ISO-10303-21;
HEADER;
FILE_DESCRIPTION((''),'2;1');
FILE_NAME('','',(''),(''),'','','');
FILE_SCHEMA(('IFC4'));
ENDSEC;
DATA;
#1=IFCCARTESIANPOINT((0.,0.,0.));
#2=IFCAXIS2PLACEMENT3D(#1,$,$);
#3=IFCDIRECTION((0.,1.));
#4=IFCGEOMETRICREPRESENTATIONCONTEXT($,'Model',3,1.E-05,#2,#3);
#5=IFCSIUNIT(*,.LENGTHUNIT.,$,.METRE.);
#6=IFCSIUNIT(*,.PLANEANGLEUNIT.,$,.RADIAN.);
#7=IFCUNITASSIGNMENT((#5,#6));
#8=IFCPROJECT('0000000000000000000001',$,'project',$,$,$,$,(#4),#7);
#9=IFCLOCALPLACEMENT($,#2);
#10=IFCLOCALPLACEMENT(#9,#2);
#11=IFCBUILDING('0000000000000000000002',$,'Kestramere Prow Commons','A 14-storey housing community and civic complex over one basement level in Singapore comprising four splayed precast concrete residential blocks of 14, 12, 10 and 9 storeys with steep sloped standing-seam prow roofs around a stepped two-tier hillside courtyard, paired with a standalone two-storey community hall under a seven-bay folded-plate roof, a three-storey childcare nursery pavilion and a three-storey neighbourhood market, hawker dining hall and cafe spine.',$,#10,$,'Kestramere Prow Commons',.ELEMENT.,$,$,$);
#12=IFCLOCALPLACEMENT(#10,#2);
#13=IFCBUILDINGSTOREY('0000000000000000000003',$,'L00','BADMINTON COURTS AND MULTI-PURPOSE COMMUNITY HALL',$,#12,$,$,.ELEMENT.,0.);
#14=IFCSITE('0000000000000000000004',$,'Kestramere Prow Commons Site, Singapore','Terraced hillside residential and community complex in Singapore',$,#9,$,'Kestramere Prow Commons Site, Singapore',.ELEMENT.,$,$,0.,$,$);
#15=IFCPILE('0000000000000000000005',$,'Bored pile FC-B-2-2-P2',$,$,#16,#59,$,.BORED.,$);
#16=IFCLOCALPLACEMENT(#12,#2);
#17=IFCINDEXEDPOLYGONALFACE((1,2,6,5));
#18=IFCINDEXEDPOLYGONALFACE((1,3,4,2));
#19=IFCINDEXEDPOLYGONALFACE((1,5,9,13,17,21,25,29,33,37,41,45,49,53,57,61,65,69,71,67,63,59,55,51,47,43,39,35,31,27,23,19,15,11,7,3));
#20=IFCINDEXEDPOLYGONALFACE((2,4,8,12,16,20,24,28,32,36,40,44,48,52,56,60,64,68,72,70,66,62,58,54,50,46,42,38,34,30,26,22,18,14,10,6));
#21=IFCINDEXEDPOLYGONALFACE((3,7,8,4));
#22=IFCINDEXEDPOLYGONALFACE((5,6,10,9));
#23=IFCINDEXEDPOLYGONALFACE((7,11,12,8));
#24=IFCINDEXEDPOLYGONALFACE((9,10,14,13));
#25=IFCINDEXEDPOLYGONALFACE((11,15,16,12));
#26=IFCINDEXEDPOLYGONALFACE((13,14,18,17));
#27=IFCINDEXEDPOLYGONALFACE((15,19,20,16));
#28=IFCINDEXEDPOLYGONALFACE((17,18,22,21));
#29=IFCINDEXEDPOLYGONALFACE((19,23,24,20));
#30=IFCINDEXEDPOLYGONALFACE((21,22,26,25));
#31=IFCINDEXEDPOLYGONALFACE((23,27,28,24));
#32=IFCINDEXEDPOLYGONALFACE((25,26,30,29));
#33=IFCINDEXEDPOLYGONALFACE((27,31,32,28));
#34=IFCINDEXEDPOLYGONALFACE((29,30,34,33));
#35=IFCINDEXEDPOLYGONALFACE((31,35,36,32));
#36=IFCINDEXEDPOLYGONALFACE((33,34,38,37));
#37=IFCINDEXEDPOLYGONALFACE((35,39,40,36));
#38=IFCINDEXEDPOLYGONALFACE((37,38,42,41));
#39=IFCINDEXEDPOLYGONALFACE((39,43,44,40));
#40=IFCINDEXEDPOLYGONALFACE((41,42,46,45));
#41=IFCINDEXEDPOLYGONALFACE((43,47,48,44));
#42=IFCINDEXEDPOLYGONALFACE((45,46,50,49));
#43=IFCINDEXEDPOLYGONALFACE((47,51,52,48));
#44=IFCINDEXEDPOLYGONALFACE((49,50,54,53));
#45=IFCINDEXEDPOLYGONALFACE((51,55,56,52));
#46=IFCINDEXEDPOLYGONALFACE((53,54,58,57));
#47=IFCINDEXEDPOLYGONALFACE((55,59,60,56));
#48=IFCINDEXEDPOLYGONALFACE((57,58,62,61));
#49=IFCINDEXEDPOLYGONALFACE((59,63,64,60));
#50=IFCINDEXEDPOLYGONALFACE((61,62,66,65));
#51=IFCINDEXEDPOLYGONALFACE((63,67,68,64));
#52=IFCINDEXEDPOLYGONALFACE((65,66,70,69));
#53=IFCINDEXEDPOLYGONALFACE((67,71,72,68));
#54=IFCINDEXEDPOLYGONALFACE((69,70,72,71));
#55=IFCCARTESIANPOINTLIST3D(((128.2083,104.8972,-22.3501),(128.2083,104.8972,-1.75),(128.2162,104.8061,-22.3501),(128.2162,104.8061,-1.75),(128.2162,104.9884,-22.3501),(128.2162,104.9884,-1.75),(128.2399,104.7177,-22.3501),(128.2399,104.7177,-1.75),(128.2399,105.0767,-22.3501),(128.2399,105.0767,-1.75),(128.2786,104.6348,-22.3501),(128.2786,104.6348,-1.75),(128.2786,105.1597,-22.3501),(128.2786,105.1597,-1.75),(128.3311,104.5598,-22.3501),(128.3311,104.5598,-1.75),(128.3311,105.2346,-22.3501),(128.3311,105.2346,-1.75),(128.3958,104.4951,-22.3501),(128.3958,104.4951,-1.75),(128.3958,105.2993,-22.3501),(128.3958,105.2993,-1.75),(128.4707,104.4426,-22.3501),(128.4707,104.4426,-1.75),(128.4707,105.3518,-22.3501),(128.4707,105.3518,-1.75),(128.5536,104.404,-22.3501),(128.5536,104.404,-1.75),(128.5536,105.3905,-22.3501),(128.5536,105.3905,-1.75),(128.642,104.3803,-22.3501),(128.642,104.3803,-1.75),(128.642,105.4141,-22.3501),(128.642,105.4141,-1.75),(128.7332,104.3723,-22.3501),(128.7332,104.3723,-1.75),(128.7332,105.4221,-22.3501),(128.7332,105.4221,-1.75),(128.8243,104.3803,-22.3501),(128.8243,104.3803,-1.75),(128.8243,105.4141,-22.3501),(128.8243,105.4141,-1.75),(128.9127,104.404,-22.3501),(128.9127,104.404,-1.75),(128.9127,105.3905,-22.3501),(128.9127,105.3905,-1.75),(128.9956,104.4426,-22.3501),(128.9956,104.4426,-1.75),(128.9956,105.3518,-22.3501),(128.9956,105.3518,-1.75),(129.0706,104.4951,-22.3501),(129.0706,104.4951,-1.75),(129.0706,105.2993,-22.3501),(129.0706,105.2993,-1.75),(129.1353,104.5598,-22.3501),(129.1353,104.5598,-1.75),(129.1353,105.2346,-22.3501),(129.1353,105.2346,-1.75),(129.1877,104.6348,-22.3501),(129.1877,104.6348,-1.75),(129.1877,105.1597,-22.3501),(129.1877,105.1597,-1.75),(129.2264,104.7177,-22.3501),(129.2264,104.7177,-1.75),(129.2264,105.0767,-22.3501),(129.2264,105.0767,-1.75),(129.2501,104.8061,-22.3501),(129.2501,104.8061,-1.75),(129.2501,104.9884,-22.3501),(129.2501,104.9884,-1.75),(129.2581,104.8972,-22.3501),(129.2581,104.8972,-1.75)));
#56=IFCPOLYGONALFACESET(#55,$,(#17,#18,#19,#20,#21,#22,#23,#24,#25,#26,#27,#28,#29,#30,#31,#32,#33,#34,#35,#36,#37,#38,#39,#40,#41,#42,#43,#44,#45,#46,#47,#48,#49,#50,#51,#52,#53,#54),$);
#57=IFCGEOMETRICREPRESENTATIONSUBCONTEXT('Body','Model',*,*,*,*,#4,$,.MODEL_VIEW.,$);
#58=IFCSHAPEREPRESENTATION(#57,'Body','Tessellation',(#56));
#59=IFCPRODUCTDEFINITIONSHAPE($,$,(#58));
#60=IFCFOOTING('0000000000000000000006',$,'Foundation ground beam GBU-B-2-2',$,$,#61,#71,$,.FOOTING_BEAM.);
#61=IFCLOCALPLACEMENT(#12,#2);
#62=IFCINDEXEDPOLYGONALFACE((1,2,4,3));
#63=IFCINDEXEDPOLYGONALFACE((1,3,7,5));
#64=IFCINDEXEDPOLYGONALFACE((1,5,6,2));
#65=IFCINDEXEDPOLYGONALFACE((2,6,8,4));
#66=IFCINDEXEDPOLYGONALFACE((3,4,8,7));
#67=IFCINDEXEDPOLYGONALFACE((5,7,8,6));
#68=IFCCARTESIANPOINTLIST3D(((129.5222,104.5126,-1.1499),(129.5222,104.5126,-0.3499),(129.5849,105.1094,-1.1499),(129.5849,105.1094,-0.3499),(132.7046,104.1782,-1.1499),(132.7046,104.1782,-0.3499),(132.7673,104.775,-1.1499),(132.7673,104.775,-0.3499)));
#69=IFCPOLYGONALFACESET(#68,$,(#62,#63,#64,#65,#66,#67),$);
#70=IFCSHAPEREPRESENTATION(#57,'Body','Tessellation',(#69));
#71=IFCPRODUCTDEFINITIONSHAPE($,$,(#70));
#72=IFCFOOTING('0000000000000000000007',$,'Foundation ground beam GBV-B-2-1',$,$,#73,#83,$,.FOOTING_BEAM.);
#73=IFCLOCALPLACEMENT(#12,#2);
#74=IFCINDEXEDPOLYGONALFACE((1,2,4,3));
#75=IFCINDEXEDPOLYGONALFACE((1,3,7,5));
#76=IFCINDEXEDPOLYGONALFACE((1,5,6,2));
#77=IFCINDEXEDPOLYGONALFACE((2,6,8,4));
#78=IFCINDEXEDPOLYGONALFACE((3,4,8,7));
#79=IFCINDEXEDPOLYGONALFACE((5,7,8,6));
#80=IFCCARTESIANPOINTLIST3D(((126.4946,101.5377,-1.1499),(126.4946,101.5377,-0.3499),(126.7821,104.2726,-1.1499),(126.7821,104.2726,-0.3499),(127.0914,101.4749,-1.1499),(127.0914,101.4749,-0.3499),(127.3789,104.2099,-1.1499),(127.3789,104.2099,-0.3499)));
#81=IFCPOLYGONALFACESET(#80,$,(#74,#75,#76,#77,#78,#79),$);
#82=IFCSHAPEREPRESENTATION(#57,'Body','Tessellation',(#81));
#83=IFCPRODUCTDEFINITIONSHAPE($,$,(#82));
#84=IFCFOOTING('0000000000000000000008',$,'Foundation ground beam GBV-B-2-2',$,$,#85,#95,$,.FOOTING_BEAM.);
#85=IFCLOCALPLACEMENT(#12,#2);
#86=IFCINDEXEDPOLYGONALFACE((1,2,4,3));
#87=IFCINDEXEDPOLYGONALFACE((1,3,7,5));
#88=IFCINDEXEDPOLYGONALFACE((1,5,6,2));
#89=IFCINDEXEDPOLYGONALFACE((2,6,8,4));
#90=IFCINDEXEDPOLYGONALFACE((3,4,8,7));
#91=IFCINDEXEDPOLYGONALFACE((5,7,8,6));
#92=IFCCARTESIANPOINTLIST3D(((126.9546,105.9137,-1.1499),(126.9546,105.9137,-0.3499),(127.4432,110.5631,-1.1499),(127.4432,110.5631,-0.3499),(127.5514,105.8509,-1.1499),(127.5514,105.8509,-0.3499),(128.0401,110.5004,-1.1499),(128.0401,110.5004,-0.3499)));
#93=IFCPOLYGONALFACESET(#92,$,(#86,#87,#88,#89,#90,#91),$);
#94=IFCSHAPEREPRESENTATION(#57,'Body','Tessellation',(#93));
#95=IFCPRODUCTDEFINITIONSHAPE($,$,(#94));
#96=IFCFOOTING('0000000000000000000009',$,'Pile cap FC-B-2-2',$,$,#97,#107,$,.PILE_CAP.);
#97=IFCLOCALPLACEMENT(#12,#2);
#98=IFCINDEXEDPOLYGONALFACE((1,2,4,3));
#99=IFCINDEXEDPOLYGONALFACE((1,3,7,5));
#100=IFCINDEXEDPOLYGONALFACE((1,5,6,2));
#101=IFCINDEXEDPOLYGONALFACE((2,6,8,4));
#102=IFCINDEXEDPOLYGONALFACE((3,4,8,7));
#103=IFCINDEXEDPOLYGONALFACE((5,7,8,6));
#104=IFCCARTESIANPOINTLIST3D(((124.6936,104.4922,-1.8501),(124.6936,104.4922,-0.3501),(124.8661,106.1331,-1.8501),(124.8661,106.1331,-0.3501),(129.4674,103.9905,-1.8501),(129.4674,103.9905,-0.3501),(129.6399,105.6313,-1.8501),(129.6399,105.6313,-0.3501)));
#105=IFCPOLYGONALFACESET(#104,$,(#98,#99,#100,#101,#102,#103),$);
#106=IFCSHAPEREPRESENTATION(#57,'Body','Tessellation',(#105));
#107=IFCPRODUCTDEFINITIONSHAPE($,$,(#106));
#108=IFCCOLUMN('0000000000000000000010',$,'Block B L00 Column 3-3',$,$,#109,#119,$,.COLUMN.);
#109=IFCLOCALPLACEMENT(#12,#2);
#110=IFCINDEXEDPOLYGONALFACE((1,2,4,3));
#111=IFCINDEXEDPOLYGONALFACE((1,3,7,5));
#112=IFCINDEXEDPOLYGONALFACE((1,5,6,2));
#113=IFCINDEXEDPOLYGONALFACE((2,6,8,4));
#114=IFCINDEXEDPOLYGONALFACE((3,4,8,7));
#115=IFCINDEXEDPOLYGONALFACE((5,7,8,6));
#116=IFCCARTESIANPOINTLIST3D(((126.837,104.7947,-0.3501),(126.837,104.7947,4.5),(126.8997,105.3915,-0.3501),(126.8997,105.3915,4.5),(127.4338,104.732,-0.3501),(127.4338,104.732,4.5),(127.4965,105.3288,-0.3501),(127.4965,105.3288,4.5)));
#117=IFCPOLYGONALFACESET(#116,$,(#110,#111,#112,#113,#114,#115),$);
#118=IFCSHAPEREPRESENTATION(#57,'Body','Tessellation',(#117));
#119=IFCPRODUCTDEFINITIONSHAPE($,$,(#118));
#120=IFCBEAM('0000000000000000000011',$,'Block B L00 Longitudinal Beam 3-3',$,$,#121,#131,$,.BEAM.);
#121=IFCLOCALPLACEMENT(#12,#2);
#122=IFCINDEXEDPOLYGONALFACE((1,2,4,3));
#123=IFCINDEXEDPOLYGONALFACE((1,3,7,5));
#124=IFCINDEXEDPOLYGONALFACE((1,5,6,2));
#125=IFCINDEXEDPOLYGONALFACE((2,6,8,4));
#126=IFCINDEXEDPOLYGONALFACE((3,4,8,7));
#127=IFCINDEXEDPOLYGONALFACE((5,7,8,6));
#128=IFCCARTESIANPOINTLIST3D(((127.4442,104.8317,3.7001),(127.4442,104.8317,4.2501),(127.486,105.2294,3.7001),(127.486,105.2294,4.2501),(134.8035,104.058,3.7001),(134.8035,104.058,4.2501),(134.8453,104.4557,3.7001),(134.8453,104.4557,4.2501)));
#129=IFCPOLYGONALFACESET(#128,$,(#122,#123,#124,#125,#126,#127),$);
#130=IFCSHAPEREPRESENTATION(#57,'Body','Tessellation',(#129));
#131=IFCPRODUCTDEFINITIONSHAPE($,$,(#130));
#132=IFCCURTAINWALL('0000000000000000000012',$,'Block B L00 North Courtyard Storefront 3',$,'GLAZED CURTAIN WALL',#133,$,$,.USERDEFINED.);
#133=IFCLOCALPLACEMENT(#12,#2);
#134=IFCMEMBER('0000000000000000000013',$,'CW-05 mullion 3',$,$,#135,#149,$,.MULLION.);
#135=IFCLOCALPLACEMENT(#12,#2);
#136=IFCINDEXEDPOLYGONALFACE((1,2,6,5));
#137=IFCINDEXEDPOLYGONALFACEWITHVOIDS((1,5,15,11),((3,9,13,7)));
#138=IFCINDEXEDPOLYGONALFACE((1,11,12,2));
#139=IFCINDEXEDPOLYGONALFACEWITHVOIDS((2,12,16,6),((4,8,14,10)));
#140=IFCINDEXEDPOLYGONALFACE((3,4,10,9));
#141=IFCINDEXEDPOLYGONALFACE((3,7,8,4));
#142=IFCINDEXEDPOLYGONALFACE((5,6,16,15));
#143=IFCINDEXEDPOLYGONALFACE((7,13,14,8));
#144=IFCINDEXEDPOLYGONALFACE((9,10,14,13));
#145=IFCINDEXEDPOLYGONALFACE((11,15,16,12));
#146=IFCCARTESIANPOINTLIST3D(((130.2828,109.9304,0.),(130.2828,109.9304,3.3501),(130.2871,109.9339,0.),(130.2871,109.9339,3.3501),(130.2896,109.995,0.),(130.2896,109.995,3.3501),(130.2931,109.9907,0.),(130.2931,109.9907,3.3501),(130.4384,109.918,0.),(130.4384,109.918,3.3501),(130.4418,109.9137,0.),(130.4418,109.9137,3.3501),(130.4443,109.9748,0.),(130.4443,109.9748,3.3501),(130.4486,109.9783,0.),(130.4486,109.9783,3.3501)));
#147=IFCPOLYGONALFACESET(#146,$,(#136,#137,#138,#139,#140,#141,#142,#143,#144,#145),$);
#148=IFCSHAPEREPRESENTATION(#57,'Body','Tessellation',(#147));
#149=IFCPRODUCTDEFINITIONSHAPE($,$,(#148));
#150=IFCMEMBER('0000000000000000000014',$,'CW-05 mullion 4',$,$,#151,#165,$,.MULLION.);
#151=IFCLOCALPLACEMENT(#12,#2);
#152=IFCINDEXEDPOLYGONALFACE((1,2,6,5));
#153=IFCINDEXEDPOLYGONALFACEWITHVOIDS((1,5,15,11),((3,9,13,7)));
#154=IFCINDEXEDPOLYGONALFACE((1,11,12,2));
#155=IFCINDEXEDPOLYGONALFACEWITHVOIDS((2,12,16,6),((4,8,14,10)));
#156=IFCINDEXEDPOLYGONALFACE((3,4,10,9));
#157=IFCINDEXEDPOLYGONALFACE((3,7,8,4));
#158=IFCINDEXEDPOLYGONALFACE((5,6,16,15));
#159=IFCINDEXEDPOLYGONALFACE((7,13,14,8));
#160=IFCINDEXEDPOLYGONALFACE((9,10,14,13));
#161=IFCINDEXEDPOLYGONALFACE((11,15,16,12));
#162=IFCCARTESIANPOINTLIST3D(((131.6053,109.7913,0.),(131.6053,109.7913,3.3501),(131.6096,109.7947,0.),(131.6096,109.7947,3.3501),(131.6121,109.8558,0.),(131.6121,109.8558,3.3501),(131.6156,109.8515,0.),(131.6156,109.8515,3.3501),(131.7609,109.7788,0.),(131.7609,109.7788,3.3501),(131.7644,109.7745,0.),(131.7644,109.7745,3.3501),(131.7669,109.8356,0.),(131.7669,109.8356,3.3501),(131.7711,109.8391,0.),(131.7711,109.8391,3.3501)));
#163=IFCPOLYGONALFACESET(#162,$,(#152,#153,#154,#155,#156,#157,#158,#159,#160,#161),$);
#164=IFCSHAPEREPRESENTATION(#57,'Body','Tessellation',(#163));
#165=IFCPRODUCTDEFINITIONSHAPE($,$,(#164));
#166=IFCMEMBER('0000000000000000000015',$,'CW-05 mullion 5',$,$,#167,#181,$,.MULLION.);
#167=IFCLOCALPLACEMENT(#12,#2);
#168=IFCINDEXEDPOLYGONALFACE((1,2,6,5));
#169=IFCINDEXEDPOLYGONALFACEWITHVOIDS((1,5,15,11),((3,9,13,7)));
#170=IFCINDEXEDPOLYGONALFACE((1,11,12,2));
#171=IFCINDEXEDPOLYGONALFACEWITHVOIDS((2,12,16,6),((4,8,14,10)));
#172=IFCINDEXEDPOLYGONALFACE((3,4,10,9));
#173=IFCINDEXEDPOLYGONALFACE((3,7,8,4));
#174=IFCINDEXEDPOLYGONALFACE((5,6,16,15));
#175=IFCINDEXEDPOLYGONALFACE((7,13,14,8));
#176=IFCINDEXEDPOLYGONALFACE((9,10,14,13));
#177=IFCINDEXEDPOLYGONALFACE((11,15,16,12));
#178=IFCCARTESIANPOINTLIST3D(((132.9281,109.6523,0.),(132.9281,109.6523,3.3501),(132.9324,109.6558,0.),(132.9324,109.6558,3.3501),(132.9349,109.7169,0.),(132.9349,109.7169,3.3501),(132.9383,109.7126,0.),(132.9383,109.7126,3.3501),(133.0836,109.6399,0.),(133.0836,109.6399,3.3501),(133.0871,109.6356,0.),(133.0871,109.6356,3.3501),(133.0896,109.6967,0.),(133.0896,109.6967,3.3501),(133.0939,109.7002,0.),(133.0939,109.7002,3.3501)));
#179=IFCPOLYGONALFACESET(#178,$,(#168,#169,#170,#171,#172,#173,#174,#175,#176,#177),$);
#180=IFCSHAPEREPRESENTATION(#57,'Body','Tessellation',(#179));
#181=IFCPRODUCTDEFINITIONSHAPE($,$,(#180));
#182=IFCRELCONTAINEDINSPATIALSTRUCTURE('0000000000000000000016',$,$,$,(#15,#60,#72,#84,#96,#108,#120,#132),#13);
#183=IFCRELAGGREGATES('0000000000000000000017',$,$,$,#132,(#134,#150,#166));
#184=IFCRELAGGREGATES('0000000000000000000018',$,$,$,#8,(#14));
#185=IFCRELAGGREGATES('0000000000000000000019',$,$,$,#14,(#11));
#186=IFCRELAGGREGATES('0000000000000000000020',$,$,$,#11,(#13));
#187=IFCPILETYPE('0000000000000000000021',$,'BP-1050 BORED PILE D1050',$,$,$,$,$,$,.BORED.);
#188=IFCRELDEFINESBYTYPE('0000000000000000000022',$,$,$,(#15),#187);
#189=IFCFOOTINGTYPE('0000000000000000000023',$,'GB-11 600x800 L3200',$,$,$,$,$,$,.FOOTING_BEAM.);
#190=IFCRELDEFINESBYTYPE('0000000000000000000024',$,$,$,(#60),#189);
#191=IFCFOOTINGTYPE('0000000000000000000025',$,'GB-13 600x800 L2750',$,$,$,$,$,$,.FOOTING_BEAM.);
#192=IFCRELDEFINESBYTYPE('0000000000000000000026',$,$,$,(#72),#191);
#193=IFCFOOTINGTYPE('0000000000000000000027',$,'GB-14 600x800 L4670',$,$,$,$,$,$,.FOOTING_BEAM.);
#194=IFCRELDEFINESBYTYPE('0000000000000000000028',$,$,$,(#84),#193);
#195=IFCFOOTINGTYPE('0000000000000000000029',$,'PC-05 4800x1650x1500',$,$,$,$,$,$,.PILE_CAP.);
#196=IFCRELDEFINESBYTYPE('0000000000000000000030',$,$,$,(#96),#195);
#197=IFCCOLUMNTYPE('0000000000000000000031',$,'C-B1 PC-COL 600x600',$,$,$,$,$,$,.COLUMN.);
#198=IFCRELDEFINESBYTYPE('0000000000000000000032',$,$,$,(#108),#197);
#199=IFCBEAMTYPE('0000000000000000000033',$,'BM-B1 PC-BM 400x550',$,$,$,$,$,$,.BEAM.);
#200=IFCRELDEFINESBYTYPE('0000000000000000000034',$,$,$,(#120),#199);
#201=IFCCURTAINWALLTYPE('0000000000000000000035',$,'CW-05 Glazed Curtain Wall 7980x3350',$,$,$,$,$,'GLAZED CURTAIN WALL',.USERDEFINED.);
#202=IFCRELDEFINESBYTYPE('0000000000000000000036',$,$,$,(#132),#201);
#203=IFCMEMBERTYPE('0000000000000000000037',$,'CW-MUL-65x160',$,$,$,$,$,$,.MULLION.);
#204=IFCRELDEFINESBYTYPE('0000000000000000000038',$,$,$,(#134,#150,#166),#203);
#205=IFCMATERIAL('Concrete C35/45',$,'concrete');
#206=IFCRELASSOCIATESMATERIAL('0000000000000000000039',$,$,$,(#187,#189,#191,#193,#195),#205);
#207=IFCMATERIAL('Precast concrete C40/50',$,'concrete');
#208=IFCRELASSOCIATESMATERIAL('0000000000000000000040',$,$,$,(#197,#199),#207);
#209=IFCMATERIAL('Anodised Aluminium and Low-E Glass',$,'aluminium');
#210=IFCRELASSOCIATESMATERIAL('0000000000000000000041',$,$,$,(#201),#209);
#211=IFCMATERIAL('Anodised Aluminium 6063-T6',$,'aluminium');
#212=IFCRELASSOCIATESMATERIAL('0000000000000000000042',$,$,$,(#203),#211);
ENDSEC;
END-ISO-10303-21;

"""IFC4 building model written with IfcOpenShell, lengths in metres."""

from ifc_helpers import new_model, si_unit, direction, frame, origin, origin_2d, place, context, subcontext, project, spatial, rectangle, hollow_rectangle, circle, extrude, material, material_profile, profile_set, type_object, element, aggregate, save


model = new_model("IFC4")

# Units and contexts
model_context = context("Model", 3, precision=1e-05, world=origin(), true_north=direction((0.0, 1.0)))
body_context = subcontext(model_context, "Body", "Model", "MODEL_VIEW")
ifc_project = project(units=[si_unit("LENGTHUNIT", "METRE"), si_unit("PLANEANGLEUNIT", "RADIAN")], contexts=[model_context])

# Site, building, storey
site_placement = place(None, origin())
site = spatial("IfcSite", under=ifc_project, at=site_placement, Name="Kestramere Prow Commons Site, Singapore", Description="Terraced hillside residential and community complex in Singapore", LongName="Kestramere Prow Commons Site, Singapore", CompositionType="ELEMENT", RefElevation=0.0)
building_placement = place(site_placement, origin())
building = spatial("IfcBuilding", under=site, at=building_placement, Name="Kestramere Prow Commons", Description="A 14-storey housing community and civic complex over one basement level in Singapore comprising four splayed precast concrete residential blocks of 14, 12, 10 and 9 storeys with steep sloped standing-seam prow roofs around a stepped two-tier hillside courtyard, paired with a standalone two-storey community hall under a seven-bay folded-plate roof, a three-storey childcare nursery pavilion and a three-storey neighbourhood market, hawker dining hall and cafe spine.", LongName="Kestramere Prow Commons", CompositionType="ELEMENT")
storey_placement = place(building_placement, origin())
storey = spatial("IfcBuildingStorey", under=building, at=storey_placement, Name="L00", Description="BADMINTON COURTS AND MULTI-PURPOSE COMMUNITY HALL", CompositionType="ELEMENT", Elevation=0.0)

# Pile
ifc_material_1 = material(Name="Concrete C35/45", Category="concrete")
ifc_material_profile_1 = material_profile(ifc_material_1, circle(Radius=0.5249, at=origin_2d()), Name="BORED PILE D1050")
ifc_profile_set_1 = profile_set([ifc_material_profile_1], Name="Concrete C35/45")
pile_type = type_object("IfcPileType", Name="BP-1050 BORED PILE D1050", PredefinedType="BORED", material=ifc_profile_set_1)
pile_placement = place(storey_placement, frame((128.7332, 104.8972, -1.75), z_axis=(0.0, 0.0, -1.0), x_axis=(1.0, 0.0, 0.0)))
element("IfcPile", 1, at=pile_placement, inside=storey, type_object=pile_type, Name="Bored pile FC-B-2-2-P2", PredefinedType="BORED", context=body_context, shape_type="SweptSolid", body=[
    extrude(circle(Radius=0.5249, at=origin_2d()), origin(), (0.0, 0.0, 1.0), 20.6001),
])

# Footings
footing_type_1 = type_object("IfcFootingType", Name="GB-11 600x800 L3200", PredefinedType="FOOTING_BEAM", material=ifc_material_1)
footing_1_placement = place(storey_placement, frame((131.1448, 104.6438, -1.1499), z_axis=(0.0, 0.0, 1.0), x_axis=(0.994522, -0.104528, 0.0)))
element("IfcFooting", 2, at=footing_1_placement, inside=storey, type_object=footing_type_1, Name="Foundation ground beam GBU-B-2-2", PredefinedType="FOOTING_BEAM", context=body_context, shape_type="SweptSolid", body=[
    extrude(rectangle(XDim=3.2, YDim=0.6001, at=origin_2d()), origin(), (0.0, 0.0, 1.0), 0.8),
])
footing_type_2 = type_object("IfcFootingType", Name="GB-13 600x800 L2750", PredefinedType="FOOTING_BEAM", material=ifc_material_1)
footing_2_placement = place(storey_placement, frame((126.9368, 102.8738, -1.1499), z_axis=(0.0, 0.0, 1.0), x_axis=(0.104528, 0.994522, 0.0)))
element("IfcFooting", 3, at=footing_2_placement, inside=storey, type_object=footing_type_2, Name="Foundation ground beam GBV-B-2-1", PredefinedType="FOOTING_BEAM", context=body_context, shape_type="SweptSolid", body=[
    extrude(rectangle(XDim=2.75, YDim=0.6001, at=origin_2d()), origin(), (0.0, 0.0, 1.0), 0.8),
])
footing_type_3 = type_object("IfcFootingType", Name="GB-14 600x800 L4670", PredefinedType="FOOTING_BEAM", material=ifc_material_1)
footing_3_placement = place(storey_placement, frame((127.4973, 108.207, -1.1499), z_axis=(0.0, 0.0, 1.0), x_axis=(0.104528, 0.994522, 0.0)))
element("IfcFooting", 4, at=footing_3_placement, inside=storey, type_object=footing_type_3, Name="Foundation ground beam GBV-B-2-2", PredefinedType="FOOTING_BEAM", context=body_context, shape_type="SweptSolid", body=[
    extrude(rectangle(XDim=4.675, YDim=0.6001, at=origin_2d()), origin(), (0.0, 0.0, 1.0), 0.8),
])
footing_type_4 = type_object("IfcFootingType", Name="PC-05 4800x1650x1500", PredefinedType="PILE_CAP", material=ifc_material_1)
footing_4_placement = place(storey_placement, frame((127.1667, 105.0618, -1.8501), z_axis=(0.0, 0.0, 1.0), x_axis=(0.994522, -0.104528, 0.0)))
element("IfcFooting", 5, at=footing_4_placement, inside=storey, type_object=footing_type_4, Name="Pile cap FC-B-2-2", PredefinedType="PILE_CAP", context=body_context, shape_type="SweptSolid", body=[
    extrude(rectangle(XDim=4.8, YDim=1.6499, at=origin_2d()), origin(), (0.0, 0.0, 1.0), 1.5),
])

# Column
ifc_material_2 = material(Name="Precast concrete C40/50", Category="concrete")
ifc_material_profile_2 = material_profile(ifc_material_2, rectangle(XDim=0.6001, YDim=0.6001, at=origin_2d()), Name="PC-COL 600x600")
ifc_profile_set_2 = profile_set([ifc_material_profile_2], Name="Precast concrete C40/50")
column_type = type_object("IfcColumnType", Name="C-B1 PC-COL 600x600", PredefinedType="COLUMN", material=ifc_profile_set_2)
column_placement = place(storey_placement, frame((127.1667, 105.0618, -0.3501), z_axis=(0.0, 0.0, 1.0), x_axis=(0.994522, -0.104528, 0.0)))
element("IfcColumn", 6, at=column_placement, inside=storey, type_object=column_type, Name="Block B L00 Column 3-3", PredefinedType="COLUMN", context=body_context, shape_type="SweptSolid", body=[
    extrude(rectangle(XDim=0.6001, YDim=0.6001, at=origin_2d()), origin(), (0.0, 0.0, 1.0), 4.8501),
])

# Beam
ifc_material_profile_3 = material_profile(ifc_material_2, rectangle(XDim=0.3999, YDim=0.55, at=origin_2d()), Name="PC-BM 400x550")
ifc_profile_set_3 = profile_set([ifc_material_profile_3], Name="Precast concrete C40/50")
beam_type_1 = type_object("IfcBeamType", Name="BM-B1 PC-BM 400x550", PredefinedType="BEAM", material=ifc_profile_set_3)
beam_1_placement = place(storey_placement, frame((127.4651, 105.0305, 3.9751), z_axis=(0.994519, -0.104553, 0.0), x_axis=(0.104553, 0.994519, 0.0)))
element("IfcBeam", 7, at=beam_1_placement, inside=storey, type_object=beam_type_1, Name="Block B L00 Longitudinal Beam 3-3", PredefinedType="BEAM", context=body_context, shape_type="SweptSolid", body=[
    extrude(rectangle(XDim=0.3999, YDim=0.55, at=origin_2d()), origin(), (0.0, 0.0, 1.0), 7.3999),
])

# Curtain wall, members
ifc_material_3 = material(Name="Anodised Aluminium and Low-E Glass", Category="aluminium")
curtain_wall_type = type_object("IfcCurtainWallType", Name="CW-05 Glazed Curtain Wall 7980x3350", ElementType="GLAZED CURTAIN WALL", PredefinedType="USERDEFINED", material=ifc_material_3)
curtain_wall_placement = place(storey_placement, origin())
curtain_wall = element("IfcCurtainWall", 8, at=curtain_wall_placement, inside=storey, type_object=curtain_wall_type, Name="Block B L00 North Courtyard Storefront 3", ObjectType="GLAZED CURTAIN WALL", PredefinedType="USERDEFINED")
ifc_material_4 = material(Name="Anodised Aluminium 6063-T6", Category="aluminium")
ifc_material_profile_4 = material_profile(ifc_material_4, hollow_rectangle(XDim=0.0649, YDim=0.1599, WallThickness=0.0039, at=origin_2d()), Name="ALU-MUL 65x160")
ifc_profile_set_4 = profile_set([ifc_material_profile_4], Name="Anodised Aluminium 6063-T6")
member_type_1 = type_object("IfcMemberType", Name="CW-MUL-65x160", PredefinedType="MULLION", material=ifc_profile_set_4)
member_1_placement = place(storey_placement, frame((130.3657, 109.9543, 0.0), z_axis=(0.0, 0.0, 1.0), x_axis=(0.104528, 0.994522, 0.0)))
member_1 = element("IfcMember", 9, at=member_1_placement, type_object=member_type_1, Name="CW-05 mullion 3", PredefinedType="MULLION", context=body_context, shape_type="SweptSolid", body=[
    extrude(hollow_rectangle(XDim=0.0649, YDim=0.1599, WallThickness=0.0039, at=origin_2d()), origin(), (0.0, 0.0, 1.0), 3.3501),
])
member_2_placement = place(storey_placement, frame((131.6882, 109.8152, 0.0), z_axis=(0.0, 0.0, 1.0), x_axis=(0.104528, 0.994522, 0.0)))
member_2 = element("IfcMember", 10, at=member_2_placement, type_object=member_type_1, Name="CW-05 mullion 4", PredefinedType="MULLION", context=body_context, shape_type="SweptSolid", body=[
    extrude(hollow_rectangle(XDim=0.0649, YDim=0.1599, WallThickness=0.0039, at=origin_2d()), origin(), (0.0, 0.0, 1.0), 3.3501),
])
member_3_placement = place(storey_placement, frame((133.011, 109.6763, 0.0), z_axis=(0.0, 0.0, 1.0), x_axis=(0.104528, 0.994522, 0.0)))
member_3 = element("IfcMember", 11, at=member_3_placement, type_object=member_type_1, Name="CW-05 mullion 5", PredefinedType="MULLION", context=body_context, shape_type="SweptSolid", body=[
    extrude(hollow_rectangle(XDim=0.0649, YDim=0.1599, WallThickness=0.0039, at=origin_2d()), origin(), (0.0, 0.0, 1.0), 3.3501),
])

aggregate(curtain_wall, [member_1, member_2, member_3])

save(model, "model.ifc")
